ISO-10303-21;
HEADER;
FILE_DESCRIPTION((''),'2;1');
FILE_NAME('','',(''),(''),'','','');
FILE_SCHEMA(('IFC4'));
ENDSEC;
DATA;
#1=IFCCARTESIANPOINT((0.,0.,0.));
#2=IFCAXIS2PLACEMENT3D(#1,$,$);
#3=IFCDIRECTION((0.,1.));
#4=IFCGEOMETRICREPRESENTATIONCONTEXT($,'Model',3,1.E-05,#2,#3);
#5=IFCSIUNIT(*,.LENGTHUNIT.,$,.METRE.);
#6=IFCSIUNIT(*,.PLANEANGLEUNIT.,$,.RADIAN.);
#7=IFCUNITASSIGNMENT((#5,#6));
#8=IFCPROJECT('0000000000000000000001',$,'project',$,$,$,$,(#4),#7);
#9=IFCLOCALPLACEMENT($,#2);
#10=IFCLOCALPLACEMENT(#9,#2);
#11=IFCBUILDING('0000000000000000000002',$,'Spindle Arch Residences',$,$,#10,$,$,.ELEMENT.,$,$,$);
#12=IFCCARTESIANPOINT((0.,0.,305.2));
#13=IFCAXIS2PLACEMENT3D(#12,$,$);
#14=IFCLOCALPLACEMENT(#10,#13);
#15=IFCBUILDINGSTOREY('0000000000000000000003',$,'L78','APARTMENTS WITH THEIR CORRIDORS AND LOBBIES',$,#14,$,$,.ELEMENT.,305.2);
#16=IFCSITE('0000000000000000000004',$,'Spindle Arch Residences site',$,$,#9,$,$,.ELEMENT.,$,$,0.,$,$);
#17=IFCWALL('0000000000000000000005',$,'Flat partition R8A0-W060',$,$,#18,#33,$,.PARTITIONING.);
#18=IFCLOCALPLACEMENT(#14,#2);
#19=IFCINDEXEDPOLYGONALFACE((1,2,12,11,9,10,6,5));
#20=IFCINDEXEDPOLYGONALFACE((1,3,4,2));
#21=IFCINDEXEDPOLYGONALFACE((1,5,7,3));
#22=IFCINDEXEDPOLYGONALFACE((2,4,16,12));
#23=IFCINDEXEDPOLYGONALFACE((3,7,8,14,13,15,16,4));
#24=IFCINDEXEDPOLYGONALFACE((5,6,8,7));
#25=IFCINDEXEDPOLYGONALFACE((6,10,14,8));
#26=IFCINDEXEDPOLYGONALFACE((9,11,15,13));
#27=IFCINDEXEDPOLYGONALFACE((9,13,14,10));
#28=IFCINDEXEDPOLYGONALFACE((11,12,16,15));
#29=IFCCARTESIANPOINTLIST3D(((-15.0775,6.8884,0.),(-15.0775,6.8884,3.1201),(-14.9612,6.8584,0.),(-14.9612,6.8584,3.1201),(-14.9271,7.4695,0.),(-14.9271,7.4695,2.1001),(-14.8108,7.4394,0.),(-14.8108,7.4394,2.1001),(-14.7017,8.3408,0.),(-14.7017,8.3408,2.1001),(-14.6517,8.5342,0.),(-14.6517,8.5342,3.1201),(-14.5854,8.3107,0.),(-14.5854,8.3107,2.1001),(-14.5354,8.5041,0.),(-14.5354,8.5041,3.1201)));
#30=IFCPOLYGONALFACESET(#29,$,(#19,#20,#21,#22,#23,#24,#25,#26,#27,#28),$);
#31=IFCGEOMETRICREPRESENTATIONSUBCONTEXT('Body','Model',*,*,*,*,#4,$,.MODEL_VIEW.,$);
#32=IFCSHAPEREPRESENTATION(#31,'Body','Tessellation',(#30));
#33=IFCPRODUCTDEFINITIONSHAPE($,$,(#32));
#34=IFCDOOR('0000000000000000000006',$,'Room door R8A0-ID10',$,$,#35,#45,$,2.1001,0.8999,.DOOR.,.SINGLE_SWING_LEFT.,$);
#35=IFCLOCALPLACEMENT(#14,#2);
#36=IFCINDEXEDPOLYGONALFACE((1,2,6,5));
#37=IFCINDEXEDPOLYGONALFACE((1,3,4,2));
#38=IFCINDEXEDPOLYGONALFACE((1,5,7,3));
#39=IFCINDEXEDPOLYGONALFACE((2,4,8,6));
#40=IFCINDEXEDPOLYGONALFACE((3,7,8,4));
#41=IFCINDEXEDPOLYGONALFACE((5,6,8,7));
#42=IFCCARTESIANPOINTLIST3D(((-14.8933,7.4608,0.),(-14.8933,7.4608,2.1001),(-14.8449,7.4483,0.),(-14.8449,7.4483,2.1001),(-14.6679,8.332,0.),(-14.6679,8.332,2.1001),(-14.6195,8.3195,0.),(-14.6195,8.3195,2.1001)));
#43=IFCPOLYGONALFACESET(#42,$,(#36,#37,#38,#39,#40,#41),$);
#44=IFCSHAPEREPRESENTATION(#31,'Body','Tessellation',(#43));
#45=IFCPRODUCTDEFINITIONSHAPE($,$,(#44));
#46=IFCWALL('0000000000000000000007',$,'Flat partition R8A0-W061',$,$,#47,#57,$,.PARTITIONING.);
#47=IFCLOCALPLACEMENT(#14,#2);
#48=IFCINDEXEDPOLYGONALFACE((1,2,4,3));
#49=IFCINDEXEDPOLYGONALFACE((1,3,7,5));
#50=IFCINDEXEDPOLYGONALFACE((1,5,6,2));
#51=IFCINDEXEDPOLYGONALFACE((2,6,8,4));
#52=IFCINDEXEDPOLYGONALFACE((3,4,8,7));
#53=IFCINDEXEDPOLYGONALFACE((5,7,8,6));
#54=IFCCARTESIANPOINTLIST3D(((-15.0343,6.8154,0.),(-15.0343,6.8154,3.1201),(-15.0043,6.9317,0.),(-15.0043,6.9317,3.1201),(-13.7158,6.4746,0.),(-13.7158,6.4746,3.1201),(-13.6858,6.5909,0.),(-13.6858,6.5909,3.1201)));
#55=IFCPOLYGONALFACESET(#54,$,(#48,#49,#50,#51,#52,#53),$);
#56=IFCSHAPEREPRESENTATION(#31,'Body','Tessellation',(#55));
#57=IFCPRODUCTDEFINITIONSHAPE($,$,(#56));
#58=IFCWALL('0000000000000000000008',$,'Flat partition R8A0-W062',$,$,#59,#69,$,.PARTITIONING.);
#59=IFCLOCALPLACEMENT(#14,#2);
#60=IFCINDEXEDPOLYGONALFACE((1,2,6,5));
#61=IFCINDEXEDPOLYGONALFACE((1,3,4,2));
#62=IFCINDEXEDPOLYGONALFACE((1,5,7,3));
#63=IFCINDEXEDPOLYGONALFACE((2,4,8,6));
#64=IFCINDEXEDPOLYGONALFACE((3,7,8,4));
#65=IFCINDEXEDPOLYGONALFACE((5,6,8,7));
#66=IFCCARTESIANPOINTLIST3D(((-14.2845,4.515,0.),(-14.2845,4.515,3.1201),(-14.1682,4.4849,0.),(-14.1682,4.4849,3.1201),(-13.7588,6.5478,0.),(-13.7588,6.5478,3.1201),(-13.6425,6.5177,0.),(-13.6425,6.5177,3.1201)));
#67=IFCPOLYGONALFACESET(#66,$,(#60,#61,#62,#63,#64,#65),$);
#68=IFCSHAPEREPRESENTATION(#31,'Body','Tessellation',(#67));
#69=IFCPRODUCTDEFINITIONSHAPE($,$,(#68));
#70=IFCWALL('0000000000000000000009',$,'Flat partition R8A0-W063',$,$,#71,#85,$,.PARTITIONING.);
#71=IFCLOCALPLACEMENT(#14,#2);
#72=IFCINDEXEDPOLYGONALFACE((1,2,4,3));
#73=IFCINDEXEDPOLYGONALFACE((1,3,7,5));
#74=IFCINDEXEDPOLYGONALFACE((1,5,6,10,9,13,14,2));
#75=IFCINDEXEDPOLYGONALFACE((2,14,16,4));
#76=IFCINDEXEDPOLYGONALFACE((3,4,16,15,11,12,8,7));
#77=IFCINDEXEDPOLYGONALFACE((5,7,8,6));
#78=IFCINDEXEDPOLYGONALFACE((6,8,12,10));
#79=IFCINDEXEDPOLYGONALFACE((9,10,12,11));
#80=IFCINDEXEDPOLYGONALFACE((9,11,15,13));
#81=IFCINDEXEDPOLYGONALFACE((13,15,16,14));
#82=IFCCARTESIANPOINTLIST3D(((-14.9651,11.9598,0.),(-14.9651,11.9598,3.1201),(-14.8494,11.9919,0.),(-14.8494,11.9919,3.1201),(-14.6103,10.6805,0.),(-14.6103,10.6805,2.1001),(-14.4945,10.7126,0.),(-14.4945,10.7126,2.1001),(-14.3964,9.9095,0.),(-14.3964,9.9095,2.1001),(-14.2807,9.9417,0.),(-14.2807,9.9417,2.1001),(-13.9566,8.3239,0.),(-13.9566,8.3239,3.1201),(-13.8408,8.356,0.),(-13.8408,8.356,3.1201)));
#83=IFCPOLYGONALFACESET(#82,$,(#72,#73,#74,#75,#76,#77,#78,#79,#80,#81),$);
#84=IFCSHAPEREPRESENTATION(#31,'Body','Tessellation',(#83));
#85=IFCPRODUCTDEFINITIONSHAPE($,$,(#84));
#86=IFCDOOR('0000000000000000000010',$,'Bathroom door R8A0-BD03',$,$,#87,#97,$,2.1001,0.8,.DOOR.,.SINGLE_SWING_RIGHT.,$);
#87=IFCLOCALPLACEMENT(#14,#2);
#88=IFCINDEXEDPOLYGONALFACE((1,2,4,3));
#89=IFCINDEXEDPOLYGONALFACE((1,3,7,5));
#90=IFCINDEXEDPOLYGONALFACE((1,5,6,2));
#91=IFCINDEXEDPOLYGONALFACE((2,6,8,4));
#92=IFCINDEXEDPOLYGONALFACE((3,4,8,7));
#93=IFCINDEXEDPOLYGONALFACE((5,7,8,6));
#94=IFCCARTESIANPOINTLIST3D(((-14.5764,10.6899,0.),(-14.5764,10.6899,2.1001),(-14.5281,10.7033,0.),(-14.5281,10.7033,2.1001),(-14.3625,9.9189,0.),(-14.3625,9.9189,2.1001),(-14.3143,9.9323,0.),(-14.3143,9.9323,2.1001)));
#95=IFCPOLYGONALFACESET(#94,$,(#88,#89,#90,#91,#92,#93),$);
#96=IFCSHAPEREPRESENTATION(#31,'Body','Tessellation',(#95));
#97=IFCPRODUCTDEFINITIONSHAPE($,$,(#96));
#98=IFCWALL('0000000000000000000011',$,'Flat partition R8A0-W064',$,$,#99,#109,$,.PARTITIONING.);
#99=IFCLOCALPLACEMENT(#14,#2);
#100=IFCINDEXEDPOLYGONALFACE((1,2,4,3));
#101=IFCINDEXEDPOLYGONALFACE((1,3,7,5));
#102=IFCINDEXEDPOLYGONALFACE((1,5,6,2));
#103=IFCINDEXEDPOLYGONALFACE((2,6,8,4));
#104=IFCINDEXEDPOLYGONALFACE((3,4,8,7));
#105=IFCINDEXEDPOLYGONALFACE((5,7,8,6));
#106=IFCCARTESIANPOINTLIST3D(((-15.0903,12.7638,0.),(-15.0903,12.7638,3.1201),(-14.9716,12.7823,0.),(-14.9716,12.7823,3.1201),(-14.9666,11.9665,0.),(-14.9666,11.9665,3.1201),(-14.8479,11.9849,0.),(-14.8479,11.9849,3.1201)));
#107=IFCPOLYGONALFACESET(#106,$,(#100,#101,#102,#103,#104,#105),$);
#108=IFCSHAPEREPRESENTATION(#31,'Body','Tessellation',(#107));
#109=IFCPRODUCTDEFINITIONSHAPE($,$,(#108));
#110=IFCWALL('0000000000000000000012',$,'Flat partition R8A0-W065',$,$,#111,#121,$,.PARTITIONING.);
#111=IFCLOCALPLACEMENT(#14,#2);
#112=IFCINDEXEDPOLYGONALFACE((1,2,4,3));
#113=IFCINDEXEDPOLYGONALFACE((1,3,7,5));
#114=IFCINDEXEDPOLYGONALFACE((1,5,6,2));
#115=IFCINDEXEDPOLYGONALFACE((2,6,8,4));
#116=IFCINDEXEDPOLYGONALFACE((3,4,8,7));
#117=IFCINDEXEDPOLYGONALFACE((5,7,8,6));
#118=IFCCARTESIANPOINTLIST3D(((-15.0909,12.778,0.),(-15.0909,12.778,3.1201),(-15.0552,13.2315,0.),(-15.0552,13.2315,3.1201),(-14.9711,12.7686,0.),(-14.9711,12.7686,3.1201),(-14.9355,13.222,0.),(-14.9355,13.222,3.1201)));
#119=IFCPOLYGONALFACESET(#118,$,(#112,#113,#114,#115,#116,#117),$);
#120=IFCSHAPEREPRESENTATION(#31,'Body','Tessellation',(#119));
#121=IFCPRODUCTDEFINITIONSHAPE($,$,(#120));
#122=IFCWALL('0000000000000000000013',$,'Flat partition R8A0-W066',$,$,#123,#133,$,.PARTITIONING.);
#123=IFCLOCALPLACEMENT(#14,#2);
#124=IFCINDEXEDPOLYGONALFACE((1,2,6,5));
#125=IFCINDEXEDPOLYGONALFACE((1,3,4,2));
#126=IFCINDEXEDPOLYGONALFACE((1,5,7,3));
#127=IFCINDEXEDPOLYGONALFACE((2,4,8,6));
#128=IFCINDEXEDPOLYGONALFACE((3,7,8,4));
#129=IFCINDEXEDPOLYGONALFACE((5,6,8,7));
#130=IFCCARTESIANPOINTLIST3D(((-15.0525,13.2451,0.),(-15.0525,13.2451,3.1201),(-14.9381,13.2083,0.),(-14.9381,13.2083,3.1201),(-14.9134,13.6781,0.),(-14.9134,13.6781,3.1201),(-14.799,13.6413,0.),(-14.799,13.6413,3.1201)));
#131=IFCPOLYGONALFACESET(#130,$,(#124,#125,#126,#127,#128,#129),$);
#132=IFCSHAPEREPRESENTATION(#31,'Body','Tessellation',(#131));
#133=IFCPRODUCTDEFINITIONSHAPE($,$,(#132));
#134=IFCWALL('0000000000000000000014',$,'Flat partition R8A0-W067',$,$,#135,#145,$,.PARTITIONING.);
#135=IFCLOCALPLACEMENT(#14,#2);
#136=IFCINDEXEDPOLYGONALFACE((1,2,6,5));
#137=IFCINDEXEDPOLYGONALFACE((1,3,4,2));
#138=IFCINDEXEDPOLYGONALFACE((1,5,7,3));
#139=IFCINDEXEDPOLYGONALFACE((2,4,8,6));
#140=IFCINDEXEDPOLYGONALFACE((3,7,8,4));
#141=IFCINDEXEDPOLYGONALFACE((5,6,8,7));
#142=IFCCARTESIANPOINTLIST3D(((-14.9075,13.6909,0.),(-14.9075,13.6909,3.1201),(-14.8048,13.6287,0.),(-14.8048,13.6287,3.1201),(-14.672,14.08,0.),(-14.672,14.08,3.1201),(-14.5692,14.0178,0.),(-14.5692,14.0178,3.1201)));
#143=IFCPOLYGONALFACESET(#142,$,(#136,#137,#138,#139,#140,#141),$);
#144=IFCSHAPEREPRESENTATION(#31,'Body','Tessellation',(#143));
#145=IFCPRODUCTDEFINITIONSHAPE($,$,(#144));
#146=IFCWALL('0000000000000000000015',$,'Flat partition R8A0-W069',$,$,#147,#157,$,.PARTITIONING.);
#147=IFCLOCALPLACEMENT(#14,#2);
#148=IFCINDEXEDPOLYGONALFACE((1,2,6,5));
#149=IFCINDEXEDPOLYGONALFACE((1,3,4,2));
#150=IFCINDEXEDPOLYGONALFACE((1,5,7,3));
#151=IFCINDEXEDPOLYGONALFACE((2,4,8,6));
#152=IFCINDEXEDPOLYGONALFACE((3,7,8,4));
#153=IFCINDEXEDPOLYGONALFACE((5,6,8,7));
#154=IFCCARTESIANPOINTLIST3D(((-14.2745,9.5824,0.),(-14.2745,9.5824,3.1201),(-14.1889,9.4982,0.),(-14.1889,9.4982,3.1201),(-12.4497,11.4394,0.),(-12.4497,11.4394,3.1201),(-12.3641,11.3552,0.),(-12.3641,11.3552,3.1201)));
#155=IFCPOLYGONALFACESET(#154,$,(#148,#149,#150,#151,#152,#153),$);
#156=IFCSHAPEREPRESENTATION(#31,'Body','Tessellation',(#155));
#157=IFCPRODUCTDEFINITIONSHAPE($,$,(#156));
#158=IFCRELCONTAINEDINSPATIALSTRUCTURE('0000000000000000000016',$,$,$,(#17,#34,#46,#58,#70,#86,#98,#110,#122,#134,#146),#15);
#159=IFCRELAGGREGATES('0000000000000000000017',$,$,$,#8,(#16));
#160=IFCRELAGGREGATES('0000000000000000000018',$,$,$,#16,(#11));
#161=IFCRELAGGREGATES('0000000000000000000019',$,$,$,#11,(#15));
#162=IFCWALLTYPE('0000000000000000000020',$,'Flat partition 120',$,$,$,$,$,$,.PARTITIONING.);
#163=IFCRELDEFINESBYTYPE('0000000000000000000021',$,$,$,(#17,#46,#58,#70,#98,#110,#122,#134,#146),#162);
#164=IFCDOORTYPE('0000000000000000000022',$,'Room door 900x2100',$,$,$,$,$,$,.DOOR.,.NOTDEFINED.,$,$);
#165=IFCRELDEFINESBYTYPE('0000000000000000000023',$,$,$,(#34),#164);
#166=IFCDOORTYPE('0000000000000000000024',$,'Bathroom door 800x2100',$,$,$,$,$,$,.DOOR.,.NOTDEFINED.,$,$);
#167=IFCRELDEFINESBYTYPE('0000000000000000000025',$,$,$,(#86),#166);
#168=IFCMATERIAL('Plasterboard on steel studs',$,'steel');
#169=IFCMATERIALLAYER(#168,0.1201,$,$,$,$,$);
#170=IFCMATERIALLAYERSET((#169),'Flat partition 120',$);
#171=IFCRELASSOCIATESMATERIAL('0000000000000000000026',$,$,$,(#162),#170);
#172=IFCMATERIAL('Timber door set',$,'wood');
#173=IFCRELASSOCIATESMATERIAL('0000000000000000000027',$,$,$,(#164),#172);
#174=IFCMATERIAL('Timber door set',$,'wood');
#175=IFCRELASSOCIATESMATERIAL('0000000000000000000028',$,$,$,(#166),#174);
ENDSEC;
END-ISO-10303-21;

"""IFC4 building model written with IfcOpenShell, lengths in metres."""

from ifc_helpers import new_model, si_unit, direction, frame, frame_2d, origin, place, context, subcontext, project, spatial, rectangle, extrude, material, layer, layer_set, type_object, element, fill, save


model = new_model("IFC4")

# Units and contexts
model_context = context("Model", 3, precision=1e-05, world=origin(), true_north=direction((0.0, 1.0)))
body_context = subcontext(model_context, "Body", "Model", "MODEL_VIEW")
ifc_project = project(units=[si_unit("LENGTHUNIT", "METRE"), si_unit("PLANEANGLEUNIT", "RADIAN")], contexts=[model_context])

# Site, building, storey
site_placement = place(None, origin())
site = spatial("IfcSite", under=ifc_project, at=site_placement, Name="Spindle Arch Residences site", CompositionType="ELEMENT", RefElevation=0.0)
building_placement = place(site_placement, origin())
building = spatial("IfcBuilding", under=site, at=building_placement, Name="Spindle Arch Residences", CompositionType="ELEMENT")
storey_placement = place(building_placement, frame((0.0, 0.0, 305.2)))
storey = spatial("IfcBuildingStorey", under=building, at=storey_placement, Name="L78", Description="APARTMENTS WITH THEIR CORRIDORS AND LOBBIES", CompositionType="ELEMENT", Elevation=305.2)

# Wall, opening, door
ifc_material_1 = material(Name="Plasterboard on steel studs", Category="steel")
ifc_layer_1 = layer(ifc_material_1, 0.1201)
ifc_layer_set_1 = layer_set([ifc_layer_1], Name="Flat partition 120")
wall_type = type_object("IfcWallType", Name="Flat partition 120", PredefinedType="PARTITIONING", material=ifc_layer_set_1)
wall_1_placement = place(storey_placement, frame((-14.5935, 8.5193, 0.0), z_axis=(0.0, 0.0, 1.0), x_axis=(-0.250469, -0.968125, 0.0)))
wall_1 = element("IfcWall", 1, at=wall_1_placement, inside=storey, type_object=wall_type, Name="Flat partition R8A0-W060", PredefinedType="PARTITIONING", context=body_context, shape_type="SweptSolid", body=[
    extrude(rectangle(XDim=1.7, YDim=0.1201, at=frame_2d((0.8501, 0.0))), origin(), (0.0, 0.0, 1.0), 3.1201),
])
opening_1_placement = place(wall_1_placement, frame((0.2, 0.0, 0.0)))
opening_1 = element("IfcOpeningElement", 2, at=opening_1_placement, cuts=wall_1, PredefinedType="OPENING", context=body_context, shape_type="SweptSolid", body=[
    extrude(rectangle(XDim=0.8999, YDim=2.1001, at=frame_2d((0.45, 1.05))), frame((0.0, 0.0701, 0.0), z_axis=(0.0, -1.0, 0.0), x_axis=(1.0, 0.0, 0.0)), (0.0, 0.0, 1.0), 0.1401),
])
ifc_material_2 = material(Name="Timber door set", Category="wood")
door_type_1 = type_object("IfcDoorType", Name="Room door 900x2100", OperationType="NOTDEFINED", PredefinedType="DOOR", material=ifc_material_2)
door_1_placement = place(opening_1_placement, origin())
door_1 = element("IfcDoor", 3, at=door_1_placement, inside=storey, type_object=door_type_1, Name="Room door R8A0-ID10", OperationType="SINGLE_SWING_LEFT", OverallHeight=2.1001, OverallWidth=0.8999, PredefinedType="DOOR", context=body_context, shape_type="SweptSolid", body=[
    extrude(rectangle(XDim=0.8999, YDim=2.1001, at=frame_2d((0.45, 1.05))), frame((0.0, 0.0249, 0.0), z_axis=(0.0, -1.0, 0.0), x_axis=(1.0, 0.0, 0.0)), (0.0, 0.0, 1.0), 0.05),
])
fill(opening_1, door_1)

# Walls
wall_2_placement = place(storey_placement, frame((-15.0193, 6.8735, 0.0), z_axis=(0.0, 0.0, 1.0), x_axis=(0.968182, -0.250247, 0.0)))
element("IfcWall", 4, at=wall_2_placement, inside=storey, type_object=wall_type, Name="Flat partition R8A0-W061", PredefinedType="PARTITIONING", context=body_context, shape_type="SweptSolid", body=[
    extrude(rectangle(XDim=1.3618, YDim=0.1201, at=frame_2d((0.6809, 0.0))), origin(), (0.0, 0.0, 1.0), 3.1201),
])
wall_3_placement = place(storey_placement, frame((-13.7007, 6.5327, 0.0), z_axis=(0.0, 0.0, 1.0), x_axis=(-0.250353, -0.968155, 0.0)))
element("IfcWall", 5, at=wall_3_placement, inside=storey, type_object=wall_type, Name="Flat partition R8A0-W062", PredefinedType="PARTITIONING", context=body_context, shape_type="SweptSolid", body=[
    extrude(rectangle(XDim=2.0996, YDim=0.1201, at=frame_2d((1.0498, 0.0))), origin(), (0.0, 0.0, 1.0), 3.1201),
])

# Wall, opening, door
wall_4_placement = place(storey_placement, frame((-13.8987, 8.3398, 0.0), z_axis=(0.0, 0.0, 1.0), x_axis=(-0.267287, 0.963617, 0.0)))
wall_4 = element("IfcWall", 6, at=wall_4_placement, inside=storey, type_object=wall_type, Name="Flat partition R8A0-W063", PredefinedType="PARTITIONING", context=body_context, shape_type="SweptSolid", body=[
    extrude(rectangle(XDim=3.7732, YDim=0.1201, at=frame_2d((1.8867, 0.0))), origin(), (0.0, 0.0, 1.0), 3.1201),
])
opening_2_placement = place(wall_4_placement, frame((1.6458, 0.0, 0.0)))
opening_2 = element("IfcOpeningElement", 7, at=opening_2_placement, cuts=wall_4, PredefinedType="OPENING", context=body_context, shape_type="SweptSolid", body=[
    extrude(rectangle(XDim=0.8, YDim=2.1001, at=frame_2d((0.3999, 1.05))), frame((0.0, 0.0701, 0.0), z_axis=(0.0, -1.0, 0.0), x_axis=(1.0, 0.0, 0.0)), (0.0, 0.0, 1.0), 0.1401),
])
ifc_material_3 = material(Name="Timber door set", Category="wood")
door_type_2 = type_object("IfcDoorType", Name="Bathroom door 800x2100", OperationType="NOTDEFINED", PredefinedType="DOOR", material=ifc_material_3)
door_2_placement = place(opening_2_placement, origin())
door_2 = element("IfcDoor", 8, at=door_2_placement, inside=storey, type_object=door_type_2, Name="Bathroom door R8A0-BD03", OperationType="SINGLE_SWING_RIGHT", OverallHeight=2.1001, OverallWidth=0.8, PredefinedType="DOOR", context=body_context, shape_type="SweptSolid", body=[
    extrude(rectangle(XDim=0.8, YDim=2.1001, at=frame_2d((0.3999, 1.05))), frame((0.0, 0.0249, 0.0), z_axis=(0.0, -1.0, 0.0), x_axis=(1.0, 0.0, 0.0)), (0.0, 0.0, 1.0), 0.05),
])
fill(opening_2, door_2)

# Walls
wall_5_placement = place(storey_placement, frame((-14.9072, 11.9758, 0.0), z_axis=(0.0, 0.0, 1.0), x_axis=(-0.153398, 0.988164, 0.0)))
element("IfcWall", 9, at=wall_5_placement, inside=storey, type_object=wall_type, Name="Flat partition R8A0-W064", PredefinedType="PARTITIONING", context=body_context, shape_type="SweptSolid", body=[
    extrude(rectangle(XDim=0.8069, YDim=0.1201, at=frame_2d((0.4033, 0.0))), origin(), (0.0, 0.0, 1.0), 3.1201),
])
for number, where, z_axis, x_axis, name in (
    (10, (-15.031, 12.7732, 0.0), (0.0, 0.0, 1.0), (0.07838, 0.996924, 0.0), "Flat partition R8A0-W065"),
    (11, (-14.9954, 13.2266, 0.0), (0.0, 0.0, 1.0), (0.305905, 0.952062, 0.0), "Flat partition R8A0-W066"),
    (12, (-14.8562, 13.6597, 0.0), (0.0, 0.0, 1.0), (0.517885, 0.85545, 0.0), "Flat partition R8A0-W067"),
):
    element("IfcWall", number, at=place(storey_placement, frame(where, z_axis=z_axis, x_axis=x_axis)), inside=storey, type_object=wall_type, Name=name, PredefinedType="PARTITIONING", context=body_context, shape_type="SweptSolid", body=[
        extrude(rectangle(XDim=0.4548, YDim=0.1201, at=frame_2d((0.2275, 0.0))), origin(), (0.0, 0.0, 1.0), 3.1201),
    ])
wall_6_placement = place(storey_placement, frame((-14.2317, 9.5403, 0.0), z_axis=(0.0, 0.0, 1.0), x_axis=(0.70089, 0.713269, 0.0)))
element("IfcWall", 13, at=wall_6_placement, inside=storey, type_object=wall_type, Name="Flat partition R8A0-W069", PredefinedType="PARTITIONING", context=body_context, shape_type="SweptSolid", body=[
    extrude(rectangle(XDim=2.6035, YDim=0.1201, at=frame_2d((1.3018, 0.0))), origin(), (0.0, 0.0, 1.0), 3.1201),
])

save(model, "model.ifc")
